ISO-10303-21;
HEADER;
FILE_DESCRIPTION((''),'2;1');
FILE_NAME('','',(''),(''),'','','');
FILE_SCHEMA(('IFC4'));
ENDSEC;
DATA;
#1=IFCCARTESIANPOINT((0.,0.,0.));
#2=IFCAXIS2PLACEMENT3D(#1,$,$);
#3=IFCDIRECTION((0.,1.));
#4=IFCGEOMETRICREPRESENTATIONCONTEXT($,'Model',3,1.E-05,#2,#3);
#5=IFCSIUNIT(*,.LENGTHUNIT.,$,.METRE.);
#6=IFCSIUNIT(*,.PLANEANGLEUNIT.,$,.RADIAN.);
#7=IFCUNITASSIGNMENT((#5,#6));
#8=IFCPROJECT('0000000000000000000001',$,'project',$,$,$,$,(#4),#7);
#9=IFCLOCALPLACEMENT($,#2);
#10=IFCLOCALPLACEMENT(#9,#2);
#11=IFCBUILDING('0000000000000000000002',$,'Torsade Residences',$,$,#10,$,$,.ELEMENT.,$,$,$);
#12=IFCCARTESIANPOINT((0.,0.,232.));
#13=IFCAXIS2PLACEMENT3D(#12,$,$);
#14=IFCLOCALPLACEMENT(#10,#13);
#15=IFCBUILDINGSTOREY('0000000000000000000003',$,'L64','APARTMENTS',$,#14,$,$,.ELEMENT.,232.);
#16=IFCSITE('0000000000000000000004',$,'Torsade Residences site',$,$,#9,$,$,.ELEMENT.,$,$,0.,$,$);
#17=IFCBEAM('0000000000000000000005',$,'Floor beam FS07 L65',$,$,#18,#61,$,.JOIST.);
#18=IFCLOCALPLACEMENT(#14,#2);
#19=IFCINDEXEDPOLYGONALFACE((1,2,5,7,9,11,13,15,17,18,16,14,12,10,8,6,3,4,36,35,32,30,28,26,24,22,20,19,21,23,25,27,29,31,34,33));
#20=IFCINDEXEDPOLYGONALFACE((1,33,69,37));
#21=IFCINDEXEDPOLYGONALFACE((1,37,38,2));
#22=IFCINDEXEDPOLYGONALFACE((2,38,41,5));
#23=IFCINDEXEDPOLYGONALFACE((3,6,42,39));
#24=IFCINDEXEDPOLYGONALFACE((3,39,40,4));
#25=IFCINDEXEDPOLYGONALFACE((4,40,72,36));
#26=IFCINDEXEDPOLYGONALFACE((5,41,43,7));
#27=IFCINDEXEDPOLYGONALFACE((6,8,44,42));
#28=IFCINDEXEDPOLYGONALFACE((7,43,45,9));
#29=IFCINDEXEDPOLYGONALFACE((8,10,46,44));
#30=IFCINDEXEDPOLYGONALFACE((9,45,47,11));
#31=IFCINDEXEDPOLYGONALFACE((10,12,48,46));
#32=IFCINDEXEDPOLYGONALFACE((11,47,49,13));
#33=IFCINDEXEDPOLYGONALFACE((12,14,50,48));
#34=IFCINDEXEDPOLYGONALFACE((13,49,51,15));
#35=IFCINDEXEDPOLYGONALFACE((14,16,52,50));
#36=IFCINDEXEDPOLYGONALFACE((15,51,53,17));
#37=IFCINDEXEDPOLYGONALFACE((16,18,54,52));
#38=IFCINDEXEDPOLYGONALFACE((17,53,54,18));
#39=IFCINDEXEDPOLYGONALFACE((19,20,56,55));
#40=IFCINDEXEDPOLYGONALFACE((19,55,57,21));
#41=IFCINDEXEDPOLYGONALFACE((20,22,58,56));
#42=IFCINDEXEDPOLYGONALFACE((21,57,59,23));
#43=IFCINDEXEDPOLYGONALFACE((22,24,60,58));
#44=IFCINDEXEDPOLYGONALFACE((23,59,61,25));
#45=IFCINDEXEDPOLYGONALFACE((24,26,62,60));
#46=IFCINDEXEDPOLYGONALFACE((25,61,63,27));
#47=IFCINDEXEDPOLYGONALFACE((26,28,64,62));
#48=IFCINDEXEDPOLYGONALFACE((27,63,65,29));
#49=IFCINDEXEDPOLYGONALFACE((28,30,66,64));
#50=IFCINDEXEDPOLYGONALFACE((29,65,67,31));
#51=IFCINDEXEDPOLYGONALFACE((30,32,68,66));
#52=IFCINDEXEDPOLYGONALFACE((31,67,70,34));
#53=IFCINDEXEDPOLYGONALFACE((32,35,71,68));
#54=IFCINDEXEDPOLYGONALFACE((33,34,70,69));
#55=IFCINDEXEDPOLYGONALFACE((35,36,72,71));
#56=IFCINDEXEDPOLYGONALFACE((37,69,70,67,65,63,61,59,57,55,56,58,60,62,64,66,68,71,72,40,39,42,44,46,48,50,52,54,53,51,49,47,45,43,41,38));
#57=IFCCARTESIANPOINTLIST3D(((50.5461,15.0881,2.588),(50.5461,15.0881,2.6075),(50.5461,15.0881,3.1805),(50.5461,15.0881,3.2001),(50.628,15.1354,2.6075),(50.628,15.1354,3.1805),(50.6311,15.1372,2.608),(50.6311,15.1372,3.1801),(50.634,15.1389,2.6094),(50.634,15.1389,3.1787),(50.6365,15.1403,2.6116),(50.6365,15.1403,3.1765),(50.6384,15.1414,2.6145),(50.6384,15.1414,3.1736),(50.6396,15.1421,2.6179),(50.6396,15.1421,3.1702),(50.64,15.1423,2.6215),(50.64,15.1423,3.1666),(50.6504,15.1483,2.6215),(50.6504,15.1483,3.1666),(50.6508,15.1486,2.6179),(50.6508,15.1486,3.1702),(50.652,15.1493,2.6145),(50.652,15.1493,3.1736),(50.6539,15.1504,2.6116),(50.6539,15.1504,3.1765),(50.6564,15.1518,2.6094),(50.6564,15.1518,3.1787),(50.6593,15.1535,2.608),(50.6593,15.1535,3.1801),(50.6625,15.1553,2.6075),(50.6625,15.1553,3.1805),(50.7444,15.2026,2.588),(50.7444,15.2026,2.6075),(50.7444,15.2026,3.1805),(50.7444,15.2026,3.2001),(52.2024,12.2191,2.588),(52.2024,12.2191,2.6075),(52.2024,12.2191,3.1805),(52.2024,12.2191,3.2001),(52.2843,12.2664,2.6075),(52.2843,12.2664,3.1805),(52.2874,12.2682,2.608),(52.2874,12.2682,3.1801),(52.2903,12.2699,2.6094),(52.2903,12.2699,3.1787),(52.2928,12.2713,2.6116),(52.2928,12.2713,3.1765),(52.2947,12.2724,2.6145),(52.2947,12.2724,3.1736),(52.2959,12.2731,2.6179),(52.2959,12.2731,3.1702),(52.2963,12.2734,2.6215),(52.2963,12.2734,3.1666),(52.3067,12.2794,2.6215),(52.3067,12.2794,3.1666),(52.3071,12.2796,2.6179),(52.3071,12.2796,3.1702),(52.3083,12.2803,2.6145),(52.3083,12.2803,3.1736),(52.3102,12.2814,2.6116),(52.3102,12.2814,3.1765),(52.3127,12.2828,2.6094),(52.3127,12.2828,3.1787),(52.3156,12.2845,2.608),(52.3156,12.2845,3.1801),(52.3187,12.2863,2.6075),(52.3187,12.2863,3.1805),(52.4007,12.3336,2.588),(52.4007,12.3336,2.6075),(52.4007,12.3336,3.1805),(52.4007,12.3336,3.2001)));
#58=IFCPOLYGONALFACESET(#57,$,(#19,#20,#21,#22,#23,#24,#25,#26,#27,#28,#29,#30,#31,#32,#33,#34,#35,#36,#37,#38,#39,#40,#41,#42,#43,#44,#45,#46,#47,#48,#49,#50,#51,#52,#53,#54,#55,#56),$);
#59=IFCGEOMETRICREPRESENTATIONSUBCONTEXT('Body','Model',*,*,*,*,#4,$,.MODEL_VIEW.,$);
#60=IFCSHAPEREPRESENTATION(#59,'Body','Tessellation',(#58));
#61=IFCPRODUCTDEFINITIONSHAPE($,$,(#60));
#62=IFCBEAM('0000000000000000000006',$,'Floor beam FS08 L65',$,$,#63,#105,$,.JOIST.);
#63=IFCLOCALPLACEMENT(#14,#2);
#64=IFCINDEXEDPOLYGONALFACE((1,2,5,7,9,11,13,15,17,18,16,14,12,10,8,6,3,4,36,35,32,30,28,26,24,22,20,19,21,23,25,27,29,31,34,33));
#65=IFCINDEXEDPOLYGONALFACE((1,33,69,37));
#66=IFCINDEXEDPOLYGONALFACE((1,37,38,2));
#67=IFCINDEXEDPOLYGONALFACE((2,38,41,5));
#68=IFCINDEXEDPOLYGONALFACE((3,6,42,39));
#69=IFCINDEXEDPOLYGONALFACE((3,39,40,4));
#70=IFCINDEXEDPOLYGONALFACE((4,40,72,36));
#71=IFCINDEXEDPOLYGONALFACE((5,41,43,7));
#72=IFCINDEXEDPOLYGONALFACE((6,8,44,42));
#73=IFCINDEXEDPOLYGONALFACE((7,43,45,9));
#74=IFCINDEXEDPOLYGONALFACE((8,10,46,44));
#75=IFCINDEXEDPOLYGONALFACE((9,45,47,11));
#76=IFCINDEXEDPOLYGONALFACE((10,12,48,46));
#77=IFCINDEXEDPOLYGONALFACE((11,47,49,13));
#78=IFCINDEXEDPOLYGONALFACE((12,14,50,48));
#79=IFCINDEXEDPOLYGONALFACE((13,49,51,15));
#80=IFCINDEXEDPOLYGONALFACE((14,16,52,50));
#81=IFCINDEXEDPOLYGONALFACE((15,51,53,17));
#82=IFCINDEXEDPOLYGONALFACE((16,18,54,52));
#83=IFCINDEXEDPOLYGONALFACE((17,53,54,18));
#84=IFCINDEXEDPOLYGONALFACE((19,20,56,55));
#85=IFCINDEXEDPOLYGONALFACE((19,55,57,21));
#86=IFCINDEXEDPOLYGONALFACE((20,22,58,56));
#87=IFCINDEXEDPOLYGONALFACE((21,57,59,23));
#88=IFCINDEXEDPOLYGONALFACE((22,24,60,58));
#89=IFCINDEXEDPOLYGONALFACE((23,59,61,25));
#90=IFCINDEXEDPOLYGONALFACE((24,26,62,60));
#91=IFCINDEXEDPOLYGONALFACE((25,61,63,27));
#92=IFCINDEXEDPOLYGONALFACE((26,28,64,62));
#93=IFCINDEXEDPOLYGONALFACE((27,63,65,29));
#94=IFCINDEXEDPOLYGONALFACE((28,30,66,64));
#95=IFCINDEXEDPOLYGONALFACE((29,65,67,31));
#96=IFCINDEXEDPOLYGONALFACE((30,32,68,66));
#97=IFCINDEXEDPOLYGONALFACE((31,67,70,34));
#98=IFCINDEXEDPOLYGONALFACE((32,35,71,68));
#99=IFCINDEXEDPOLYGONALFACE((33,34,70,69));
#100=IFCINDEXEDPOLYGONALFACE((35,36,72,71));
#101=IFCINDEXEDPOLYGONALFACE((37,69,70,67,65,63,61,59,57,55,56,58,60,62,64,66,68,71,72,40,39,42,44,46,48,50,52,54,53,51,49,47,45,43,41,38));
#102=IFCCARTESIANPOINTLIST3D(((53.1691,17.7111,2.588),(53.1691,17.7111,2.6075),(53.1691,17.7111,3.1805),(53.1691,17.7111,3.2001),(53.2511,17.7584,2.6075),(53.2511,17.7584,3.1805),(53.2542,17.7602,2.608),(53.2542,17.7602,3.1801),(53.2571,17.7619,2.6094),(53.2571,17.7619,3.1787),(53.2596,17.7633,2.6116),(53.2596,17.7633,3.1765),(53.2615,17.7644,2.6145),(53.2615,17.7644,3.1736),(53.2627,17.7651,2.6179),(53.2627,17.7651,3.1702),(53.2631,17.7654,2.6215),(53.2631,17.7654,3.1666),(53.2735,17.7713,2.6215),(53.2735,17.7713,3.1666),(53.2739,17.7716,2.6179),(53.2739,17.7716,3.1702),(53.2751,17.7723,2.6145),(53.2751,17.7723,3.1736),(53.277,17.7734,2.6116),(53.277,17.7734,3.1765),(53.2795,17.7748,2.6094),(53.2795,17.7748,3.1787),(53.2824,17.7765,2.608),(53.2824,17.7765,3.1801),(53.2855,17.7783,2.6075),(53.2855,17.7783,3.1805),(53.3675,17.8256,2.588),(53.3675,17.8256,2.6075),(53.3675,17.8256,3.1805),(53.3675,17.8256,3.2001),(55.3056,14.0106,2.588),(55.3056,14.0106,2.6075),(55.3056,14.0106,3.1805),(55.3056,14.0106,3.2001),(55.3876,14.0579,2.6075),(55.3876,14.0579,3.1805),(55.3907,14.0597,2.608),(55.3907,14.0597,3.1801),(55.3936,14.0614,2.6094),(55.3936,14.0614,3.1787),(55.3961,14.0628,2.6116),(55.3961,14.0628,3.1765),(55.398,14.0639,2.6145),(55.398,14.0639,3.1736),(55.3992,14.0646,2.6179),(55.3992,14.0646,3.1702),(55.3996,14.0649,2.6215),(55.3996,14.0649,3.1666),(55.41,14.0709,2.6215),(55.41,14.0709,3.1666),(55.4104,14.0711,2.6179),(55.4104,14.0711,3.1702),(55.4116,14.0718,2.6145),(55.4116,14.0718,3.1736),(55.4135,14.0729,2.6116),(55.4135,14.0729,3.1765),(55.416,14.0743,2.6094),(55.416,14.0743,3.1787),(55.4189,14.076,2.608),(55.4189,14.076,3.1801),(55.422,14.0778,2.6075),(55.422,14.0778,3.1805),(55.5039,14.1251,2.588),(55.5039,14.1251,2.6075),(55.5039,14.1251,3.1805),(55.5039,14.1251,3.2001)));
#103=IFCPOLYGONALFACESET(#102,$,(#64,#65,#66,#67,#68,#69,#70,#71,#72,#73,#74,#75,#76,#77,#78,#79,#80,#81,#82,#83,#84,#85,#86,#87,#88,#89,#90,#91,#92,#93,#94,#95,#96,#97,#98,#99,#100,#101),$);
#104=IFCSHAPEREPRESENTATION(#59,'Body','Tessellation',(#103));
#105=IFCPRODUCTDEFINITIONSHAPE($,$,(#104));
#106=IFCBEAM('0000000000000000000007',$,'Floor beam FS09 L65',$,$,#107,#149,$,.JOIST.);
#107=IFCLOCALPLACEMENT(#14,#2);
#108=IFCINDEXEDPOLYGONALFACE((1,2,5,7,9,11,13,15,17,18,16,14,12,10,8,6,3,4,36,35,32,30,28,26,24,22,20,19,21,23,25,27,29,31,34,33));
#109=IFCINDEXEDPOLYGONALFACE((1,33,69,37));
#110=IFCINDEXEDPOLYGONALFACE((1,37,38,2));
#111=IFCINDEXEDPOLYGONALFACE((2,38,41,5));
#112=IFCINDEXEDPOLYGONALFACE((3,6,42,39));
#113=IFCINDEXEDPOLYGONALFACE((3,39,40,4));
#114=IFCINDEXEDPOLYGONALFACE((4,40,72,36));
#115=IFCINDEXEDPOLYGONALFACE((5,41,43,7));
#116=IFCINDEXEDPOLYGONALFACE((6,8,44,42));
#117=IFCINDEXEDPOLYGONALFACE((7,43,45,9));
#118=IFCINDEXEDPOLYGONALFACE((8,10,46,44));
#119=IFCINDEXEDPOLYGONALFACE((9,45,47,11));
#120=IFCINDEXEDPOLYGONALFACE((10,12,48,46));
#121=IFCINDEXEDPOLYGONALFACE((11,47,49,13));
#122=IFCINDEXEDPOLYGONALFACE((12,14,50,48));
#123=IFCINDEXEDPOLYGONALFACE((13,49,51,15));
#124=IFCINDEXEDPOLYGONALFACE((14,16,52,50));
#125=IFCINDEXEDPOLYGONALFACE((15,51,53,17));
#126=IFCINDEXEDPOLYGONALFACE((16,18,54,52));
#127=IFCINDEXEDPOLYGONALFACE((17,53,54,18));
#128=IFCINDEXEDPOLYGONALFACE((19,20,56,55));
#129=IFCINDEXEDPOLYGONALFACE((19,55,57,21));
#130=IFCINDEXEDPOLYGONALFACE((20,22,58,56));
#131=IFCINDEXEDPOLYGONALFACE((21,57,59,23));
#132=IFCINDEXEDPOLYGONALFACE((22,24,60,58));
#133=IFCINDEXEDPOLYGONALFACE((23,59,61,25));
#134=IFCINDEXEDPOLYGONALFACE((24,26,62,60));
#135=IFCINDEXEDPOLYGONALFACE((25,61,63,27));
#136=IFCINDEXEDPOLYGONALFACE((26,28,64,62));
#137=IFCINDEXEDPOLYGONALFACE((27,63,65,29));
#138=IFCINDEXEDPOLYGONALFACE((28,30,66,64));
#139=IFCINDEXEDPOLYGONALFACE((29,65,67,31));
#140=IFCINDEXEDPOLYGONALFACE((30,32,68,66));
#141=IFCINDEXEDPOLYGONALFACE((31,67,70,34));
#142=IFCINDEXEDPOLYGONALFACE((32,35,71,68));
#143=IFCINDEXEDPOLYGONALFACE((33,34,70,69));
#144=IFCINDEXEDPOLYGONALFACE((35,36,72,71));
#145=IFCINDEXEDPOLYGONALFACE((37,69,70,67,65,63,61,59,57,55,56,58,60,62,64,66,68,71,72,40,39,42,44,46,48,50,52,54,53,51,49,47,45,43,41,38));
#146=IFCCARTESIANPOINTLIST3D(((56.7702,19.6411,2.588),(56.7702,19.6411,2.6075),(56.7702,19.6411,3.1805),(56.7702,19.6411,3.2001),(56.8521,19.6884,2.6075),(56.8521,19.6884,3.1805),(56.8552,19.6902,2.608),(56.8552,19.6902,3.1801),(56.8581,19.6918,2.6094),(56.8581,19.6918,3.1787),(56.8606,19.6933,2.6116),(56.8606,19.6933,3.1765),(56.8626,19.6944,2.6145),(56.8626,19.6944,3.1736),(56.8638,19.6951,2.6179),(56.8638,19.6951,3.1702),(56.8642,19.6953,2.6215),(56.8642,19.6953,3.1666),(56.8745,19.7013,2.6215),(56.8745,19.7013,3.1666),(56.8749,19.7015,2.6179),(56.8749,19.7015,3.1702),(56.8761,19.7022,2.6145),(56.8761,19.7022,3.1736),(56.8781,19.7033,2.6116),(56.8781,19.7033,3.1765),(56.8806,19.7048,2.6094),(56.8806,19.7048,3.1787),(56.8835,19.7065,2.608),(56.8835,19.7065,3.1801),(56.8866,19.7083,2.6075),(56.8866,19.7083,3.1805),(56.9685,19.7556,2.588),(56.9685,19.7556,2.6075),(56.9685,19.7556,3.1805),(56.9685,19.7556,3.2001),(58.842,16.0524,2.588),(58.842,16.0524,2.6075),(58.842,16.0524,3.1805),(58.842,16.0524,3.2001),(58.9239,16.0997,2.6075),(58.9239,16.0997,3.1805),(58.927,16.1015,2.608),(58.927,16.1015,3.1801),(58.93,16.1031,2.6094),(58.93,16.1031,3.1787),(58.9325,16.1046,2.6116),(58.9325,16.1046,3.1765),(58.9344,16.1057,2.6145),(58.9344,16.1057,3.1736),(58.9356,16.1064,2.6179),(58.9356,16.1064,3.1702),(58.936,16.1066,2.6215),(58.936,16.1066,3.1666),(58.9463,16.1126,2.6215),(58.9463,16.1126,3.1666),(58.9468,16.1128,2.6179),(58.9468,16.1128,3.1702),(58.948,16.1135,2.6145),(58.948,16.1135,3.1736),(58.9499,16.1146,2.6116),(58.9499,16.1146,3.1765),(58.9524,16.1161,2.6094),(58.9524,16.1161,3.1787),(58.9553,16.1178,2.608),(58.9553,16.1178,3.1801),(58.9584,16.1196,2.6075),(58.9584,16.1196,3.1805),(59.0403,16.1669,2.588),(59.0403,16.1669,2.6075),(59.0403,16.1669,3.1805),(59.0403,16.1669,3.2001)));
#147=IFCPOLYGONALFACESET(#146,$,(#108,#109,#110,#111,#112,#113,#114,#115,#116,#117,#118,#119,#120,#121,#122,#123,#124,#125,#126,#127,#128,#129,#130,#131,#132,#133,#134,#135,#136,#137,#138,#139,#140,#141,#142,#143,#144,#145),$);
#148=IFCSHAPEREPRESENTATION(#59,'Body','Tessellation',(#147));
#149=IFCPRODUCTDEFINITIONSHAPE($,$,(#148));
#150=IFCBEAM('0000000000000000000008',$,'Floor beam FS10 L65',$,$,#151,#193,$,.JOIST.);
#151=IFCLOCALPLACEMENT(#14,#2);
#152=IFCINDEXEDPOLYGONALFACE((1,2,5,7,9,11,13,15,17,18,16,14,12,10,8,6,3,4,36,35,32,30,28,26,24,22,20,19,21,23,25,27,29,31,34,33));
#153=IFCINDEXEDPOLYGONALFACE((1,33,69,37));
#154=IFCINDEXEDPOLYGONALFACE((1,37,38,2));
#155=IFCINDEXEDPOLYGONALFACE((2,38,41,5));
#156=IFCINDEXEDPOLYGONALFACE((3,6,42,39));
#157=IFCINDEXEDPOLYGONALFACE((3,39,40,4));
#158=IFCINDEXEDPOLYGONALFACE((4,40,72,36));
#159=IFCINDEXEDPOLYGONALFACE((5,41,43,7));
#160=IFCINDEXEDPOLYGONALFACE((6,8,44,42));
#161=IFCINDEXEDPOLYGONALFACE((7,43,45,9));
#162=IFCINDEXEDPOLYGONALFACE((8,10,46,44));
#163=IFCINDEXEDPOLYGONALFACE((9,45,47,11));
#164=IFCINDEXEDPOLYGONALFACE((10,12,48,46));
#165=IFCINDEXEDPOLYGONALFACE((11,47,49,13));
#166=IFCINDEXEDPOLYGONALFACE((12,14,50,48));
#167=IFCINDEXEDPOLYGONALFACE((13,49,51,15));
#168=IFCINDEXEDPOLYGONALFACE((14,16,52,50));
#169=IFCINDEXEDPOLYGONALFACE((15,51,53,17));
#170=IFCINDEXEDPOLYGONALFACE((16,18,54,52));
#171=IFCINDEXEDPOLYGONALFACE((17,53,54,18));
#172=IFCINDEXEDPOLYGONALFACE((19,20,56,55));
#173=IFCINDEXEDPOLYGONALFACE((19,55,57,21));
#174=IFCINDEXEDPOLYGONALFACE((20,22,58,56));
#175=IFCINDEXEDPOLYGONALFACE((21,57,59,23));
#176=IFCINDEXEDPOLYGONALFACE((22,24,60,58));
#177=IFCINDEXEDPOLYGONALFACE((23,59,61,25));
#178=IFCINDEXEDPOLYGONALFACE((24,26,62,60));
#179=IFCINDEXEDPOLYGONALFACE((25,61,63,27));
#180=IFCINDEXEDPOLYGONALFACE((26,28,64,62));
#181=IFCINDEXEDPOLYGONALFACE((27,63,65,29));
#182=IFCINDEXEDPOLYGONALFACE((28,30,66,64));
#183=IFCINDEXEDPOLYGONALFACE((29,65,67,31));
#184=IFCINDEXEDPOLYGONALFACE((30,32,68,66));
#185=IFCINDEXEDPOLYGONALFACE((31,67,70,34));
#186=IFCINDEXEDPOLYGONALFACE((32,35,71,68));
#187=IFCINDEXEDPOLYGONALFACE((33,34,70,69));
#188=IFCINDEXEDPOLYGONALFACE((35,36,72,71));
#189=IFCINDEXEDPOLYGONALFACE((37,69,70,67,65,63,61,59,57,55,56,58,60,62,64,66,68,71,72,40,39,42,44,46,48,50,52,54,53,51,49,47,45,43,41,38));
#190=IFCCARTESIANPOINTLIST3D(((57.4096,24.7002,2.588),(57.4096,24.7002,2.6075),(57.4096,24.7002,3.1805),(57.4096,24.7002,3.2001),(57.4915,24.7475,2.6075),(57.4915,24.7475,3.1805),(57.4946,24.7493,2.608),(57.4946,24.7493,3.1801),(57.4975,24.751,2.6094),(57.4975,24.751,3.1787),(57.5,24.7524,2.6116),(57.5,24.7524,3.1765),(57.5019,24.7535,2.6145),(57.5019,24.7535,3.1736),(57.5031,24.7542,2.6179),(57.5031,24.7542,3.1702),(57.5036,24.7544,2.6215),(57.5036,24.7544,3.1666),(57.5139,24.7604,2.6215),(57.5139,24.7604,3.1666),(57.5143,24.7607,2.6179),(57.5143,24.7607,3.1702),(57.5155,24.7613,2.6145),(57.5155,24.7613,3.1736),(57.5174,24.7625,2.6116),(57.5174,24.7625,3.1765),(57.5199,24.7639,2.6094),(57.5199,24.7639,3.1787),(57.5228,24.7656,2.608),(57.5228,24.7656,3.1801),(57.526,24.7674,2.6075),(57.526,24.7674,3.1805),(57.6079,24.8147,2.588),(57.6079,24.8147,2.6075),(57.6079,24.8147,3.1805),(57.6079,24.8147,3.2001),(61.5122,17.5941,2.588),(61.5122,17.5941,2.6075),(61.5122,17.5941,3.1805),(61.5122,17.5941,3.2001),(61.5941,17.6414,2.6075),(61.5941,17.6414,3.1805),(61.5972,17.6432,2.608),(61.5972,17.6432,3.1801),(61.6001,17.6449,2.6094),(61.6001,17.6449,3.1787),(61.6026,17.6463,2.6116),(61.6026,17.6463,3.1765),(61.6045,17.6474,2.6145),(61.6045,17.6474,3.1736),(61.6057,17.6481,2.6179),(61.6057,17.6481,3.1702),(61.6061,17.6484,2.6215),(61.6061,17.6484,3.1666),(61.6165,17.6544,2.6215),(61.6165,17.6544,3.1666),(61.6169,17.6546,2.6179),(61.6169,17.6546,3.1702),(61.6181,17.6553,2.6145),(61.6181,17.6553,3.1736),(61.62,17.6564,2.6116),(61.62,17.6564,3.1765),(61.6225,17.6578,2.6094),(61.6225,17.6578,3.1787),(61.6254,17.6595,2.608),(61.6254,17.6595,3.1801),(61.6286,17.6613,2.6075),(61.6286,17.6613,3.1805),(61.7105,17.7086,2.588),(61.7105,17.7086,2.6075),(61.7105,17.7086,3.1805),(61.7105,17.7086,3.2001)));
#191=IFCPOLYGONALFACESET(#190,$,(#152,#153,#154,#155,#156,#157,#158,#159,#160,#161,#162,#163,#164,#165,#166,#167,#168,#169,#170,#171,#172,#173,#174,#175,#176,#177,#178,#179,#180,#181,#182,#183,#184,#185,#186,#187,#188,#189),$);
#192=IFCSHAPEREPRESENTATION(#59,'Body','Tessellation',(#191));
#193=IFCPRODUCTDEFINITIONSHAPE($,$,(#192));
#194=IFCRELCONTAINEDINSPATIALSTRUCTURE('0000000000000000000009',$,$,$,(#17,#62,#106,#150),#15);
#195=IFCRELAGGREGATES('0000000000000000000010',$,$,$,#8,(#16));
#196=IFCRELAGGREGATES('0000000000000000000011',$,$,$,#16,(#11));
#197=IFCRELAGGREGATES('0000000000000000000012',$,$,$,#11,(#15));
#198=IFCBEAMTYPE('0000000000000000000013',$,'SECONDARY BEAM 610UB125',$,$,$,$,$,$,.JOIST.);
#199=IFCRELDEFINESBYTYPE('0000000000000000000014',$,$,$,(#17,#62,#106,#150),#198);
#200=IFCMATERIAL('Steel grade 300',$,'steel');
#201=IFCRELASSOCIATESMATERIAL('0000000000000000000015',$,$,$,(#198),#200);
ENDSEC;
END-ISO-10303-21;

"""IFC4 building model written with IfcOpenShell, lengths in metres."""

from ifc_helpers import new_model, si_unit, direction, frame, origin, origin_2d, place, context, subcontext, project, spatial, i_section, extrude, material, material_profile, profile_set, type_object, element, save


model = new_model("IFC4")

# Units and contexts
model_context = context("Model", 3, precision=1e-05, world=origin(), true_north=direction((0.0, 1.0)))
body_context = subcontext(model_context, "Body", "Model", "MODEL_VIEW")
ifc_project = project(units=[si_unit("LENGTHUNIT", "METRE"), si_unit("PLANEANGLEUNIT", "RADIAN")], contexts=[model_context])

# Site, building, storey
site_placement = place(None, origin())
site = spatial("IfcSite", under=ifc_project, at=site_placement, Name="Torsade Residences site", CompositionType="ELEMENT", RefElevation=0.0)
building_placement = place(site_placement, origin())
building = spatial("IfcBuilding", under=site, at=building_placement, Name="Torsade Residences", CompositionType="ELEMENT")
storey_placement = place(building_placement, frame((0.0, 0.0, 232.0)))
storey = spatial("IfcBuildingStorey", under=building, at=storey_placement, Name="L64", Description="APARTMENTS", CompositionType="ELEMENT", Elevation=232.0)

# Beams
ifc_material_1 = material(Name="Steel grade 300", Category="steel")
ifc_material_profile_1 = material_profile(ifc_material_1, i_section(OverallWidth=0.229, OverallDepth=0.6121, WebThickness=0.012, FlangeThickness=0.0195, FilletRadius=0.0139, at=origin_2d()), Name="610UB125")
ifc_profile_set_1 = profile_set([ifc_material_profile_1], Name="Steel grade 300")
beam_type_1 = type_object("IfcBeamType", Name="SECONDARY BEAM 610UB125", PredefinedType="JOIST", material=ifc_profile_set_1)
beam_1_placement = place(storey_placement, frame((52.3015, 12.2764, 2.894), z_axis=(-0.499976, 0.86604, 0.0), x_axis=(-0.86604, -0.499976, 0.0)))
element("IfcBeam", 1, at=beam_1_placement, inside=storey, type_object=beam_type_1, Name="Floor beam FS07 L65", PredefinedType="JOIST", context=body_context, shape_type="SweptSolid", body=[
    extrude(i_section(OverallWidth=0.229, OverallDepth=0.6121, WebThickness=0.012, FlangeThickness=0.0195, FilletRadius=0.0139, at=origin_2d()), origin(), (0.0, 0.0, 1.0), 3.3127),
])
beam_2_placement = place(storey_placement, frame((55.4048, 14.0679, 2.894), z_axis=(-0.500004, 0.866023, 0.0), x_axis=(-0.866023, -0.500004, 0.0)))
element("IfcBeam", 2, at=beam_2_placement, inside=storey, type_object=beam_type_1, Name="Floor beam FS08 L65", PredefinedType="JOIST", context=body_context, shape_type="SweptSolid", body=[
    extrude(i_section(OverallWidth=0.229, OverallDepth=0.6121, WebThickness=0.012, FlangeThickness=0.0195, FilletRadius=0.0139, at=origin_2d()), origin(), (0.0, 0.0, 1.0), 4.2729),
])
beam_3_placement = place(storey_placement, frame((58.9412, 16.1096, 2.894), z_axis=(-0.499979, 0.866037, 0.0), x_axis=(-0.866037, -0.499979, 0.0)))
element("IfcBeam", 3, at=beam_3_placement, inside=storey, type_object=beam_type_1, Name="Floor beam FS09 L65", PredefinedType="JOIST", context=body_context, shape_type="SweptSolid", body=[
    extrude(i_section(OverallWidth=0.229, OverallDepth=0.6121, WebThickness=0.012, FlangeThickness=0.0195, FilletRadius=0.0139, at=origin_2d()), origin(), (0.0, 0.0, 1.0), 4.1438),
])
beam_4_placement = place(storey_placement, frame((61.6113, 17.6514, 2.894), z_axis=(-0.499992, 0.86603, 0.0), x_axis=(-0.86603, -0.499992, 0.0)))
element("IfcBeam", 4, at=beam_4_placement, inside=storey, type_object=beam_type_1, Name="Floor beam FS10 L65", PredefinedType="JOIST", context=body_context, shape_type="SweptSolid", body=[
    extrude(i_section(OverallWidth=0.229, OverallDepth=0.6121, WebThickness=0.012, FlangeThickness=0.0195, FilletRadius=0.0139, at=origin_2d()), origin(), (0.0, 0.0, 1.0), 8.2053),
])

save(model, "model.ifc")
